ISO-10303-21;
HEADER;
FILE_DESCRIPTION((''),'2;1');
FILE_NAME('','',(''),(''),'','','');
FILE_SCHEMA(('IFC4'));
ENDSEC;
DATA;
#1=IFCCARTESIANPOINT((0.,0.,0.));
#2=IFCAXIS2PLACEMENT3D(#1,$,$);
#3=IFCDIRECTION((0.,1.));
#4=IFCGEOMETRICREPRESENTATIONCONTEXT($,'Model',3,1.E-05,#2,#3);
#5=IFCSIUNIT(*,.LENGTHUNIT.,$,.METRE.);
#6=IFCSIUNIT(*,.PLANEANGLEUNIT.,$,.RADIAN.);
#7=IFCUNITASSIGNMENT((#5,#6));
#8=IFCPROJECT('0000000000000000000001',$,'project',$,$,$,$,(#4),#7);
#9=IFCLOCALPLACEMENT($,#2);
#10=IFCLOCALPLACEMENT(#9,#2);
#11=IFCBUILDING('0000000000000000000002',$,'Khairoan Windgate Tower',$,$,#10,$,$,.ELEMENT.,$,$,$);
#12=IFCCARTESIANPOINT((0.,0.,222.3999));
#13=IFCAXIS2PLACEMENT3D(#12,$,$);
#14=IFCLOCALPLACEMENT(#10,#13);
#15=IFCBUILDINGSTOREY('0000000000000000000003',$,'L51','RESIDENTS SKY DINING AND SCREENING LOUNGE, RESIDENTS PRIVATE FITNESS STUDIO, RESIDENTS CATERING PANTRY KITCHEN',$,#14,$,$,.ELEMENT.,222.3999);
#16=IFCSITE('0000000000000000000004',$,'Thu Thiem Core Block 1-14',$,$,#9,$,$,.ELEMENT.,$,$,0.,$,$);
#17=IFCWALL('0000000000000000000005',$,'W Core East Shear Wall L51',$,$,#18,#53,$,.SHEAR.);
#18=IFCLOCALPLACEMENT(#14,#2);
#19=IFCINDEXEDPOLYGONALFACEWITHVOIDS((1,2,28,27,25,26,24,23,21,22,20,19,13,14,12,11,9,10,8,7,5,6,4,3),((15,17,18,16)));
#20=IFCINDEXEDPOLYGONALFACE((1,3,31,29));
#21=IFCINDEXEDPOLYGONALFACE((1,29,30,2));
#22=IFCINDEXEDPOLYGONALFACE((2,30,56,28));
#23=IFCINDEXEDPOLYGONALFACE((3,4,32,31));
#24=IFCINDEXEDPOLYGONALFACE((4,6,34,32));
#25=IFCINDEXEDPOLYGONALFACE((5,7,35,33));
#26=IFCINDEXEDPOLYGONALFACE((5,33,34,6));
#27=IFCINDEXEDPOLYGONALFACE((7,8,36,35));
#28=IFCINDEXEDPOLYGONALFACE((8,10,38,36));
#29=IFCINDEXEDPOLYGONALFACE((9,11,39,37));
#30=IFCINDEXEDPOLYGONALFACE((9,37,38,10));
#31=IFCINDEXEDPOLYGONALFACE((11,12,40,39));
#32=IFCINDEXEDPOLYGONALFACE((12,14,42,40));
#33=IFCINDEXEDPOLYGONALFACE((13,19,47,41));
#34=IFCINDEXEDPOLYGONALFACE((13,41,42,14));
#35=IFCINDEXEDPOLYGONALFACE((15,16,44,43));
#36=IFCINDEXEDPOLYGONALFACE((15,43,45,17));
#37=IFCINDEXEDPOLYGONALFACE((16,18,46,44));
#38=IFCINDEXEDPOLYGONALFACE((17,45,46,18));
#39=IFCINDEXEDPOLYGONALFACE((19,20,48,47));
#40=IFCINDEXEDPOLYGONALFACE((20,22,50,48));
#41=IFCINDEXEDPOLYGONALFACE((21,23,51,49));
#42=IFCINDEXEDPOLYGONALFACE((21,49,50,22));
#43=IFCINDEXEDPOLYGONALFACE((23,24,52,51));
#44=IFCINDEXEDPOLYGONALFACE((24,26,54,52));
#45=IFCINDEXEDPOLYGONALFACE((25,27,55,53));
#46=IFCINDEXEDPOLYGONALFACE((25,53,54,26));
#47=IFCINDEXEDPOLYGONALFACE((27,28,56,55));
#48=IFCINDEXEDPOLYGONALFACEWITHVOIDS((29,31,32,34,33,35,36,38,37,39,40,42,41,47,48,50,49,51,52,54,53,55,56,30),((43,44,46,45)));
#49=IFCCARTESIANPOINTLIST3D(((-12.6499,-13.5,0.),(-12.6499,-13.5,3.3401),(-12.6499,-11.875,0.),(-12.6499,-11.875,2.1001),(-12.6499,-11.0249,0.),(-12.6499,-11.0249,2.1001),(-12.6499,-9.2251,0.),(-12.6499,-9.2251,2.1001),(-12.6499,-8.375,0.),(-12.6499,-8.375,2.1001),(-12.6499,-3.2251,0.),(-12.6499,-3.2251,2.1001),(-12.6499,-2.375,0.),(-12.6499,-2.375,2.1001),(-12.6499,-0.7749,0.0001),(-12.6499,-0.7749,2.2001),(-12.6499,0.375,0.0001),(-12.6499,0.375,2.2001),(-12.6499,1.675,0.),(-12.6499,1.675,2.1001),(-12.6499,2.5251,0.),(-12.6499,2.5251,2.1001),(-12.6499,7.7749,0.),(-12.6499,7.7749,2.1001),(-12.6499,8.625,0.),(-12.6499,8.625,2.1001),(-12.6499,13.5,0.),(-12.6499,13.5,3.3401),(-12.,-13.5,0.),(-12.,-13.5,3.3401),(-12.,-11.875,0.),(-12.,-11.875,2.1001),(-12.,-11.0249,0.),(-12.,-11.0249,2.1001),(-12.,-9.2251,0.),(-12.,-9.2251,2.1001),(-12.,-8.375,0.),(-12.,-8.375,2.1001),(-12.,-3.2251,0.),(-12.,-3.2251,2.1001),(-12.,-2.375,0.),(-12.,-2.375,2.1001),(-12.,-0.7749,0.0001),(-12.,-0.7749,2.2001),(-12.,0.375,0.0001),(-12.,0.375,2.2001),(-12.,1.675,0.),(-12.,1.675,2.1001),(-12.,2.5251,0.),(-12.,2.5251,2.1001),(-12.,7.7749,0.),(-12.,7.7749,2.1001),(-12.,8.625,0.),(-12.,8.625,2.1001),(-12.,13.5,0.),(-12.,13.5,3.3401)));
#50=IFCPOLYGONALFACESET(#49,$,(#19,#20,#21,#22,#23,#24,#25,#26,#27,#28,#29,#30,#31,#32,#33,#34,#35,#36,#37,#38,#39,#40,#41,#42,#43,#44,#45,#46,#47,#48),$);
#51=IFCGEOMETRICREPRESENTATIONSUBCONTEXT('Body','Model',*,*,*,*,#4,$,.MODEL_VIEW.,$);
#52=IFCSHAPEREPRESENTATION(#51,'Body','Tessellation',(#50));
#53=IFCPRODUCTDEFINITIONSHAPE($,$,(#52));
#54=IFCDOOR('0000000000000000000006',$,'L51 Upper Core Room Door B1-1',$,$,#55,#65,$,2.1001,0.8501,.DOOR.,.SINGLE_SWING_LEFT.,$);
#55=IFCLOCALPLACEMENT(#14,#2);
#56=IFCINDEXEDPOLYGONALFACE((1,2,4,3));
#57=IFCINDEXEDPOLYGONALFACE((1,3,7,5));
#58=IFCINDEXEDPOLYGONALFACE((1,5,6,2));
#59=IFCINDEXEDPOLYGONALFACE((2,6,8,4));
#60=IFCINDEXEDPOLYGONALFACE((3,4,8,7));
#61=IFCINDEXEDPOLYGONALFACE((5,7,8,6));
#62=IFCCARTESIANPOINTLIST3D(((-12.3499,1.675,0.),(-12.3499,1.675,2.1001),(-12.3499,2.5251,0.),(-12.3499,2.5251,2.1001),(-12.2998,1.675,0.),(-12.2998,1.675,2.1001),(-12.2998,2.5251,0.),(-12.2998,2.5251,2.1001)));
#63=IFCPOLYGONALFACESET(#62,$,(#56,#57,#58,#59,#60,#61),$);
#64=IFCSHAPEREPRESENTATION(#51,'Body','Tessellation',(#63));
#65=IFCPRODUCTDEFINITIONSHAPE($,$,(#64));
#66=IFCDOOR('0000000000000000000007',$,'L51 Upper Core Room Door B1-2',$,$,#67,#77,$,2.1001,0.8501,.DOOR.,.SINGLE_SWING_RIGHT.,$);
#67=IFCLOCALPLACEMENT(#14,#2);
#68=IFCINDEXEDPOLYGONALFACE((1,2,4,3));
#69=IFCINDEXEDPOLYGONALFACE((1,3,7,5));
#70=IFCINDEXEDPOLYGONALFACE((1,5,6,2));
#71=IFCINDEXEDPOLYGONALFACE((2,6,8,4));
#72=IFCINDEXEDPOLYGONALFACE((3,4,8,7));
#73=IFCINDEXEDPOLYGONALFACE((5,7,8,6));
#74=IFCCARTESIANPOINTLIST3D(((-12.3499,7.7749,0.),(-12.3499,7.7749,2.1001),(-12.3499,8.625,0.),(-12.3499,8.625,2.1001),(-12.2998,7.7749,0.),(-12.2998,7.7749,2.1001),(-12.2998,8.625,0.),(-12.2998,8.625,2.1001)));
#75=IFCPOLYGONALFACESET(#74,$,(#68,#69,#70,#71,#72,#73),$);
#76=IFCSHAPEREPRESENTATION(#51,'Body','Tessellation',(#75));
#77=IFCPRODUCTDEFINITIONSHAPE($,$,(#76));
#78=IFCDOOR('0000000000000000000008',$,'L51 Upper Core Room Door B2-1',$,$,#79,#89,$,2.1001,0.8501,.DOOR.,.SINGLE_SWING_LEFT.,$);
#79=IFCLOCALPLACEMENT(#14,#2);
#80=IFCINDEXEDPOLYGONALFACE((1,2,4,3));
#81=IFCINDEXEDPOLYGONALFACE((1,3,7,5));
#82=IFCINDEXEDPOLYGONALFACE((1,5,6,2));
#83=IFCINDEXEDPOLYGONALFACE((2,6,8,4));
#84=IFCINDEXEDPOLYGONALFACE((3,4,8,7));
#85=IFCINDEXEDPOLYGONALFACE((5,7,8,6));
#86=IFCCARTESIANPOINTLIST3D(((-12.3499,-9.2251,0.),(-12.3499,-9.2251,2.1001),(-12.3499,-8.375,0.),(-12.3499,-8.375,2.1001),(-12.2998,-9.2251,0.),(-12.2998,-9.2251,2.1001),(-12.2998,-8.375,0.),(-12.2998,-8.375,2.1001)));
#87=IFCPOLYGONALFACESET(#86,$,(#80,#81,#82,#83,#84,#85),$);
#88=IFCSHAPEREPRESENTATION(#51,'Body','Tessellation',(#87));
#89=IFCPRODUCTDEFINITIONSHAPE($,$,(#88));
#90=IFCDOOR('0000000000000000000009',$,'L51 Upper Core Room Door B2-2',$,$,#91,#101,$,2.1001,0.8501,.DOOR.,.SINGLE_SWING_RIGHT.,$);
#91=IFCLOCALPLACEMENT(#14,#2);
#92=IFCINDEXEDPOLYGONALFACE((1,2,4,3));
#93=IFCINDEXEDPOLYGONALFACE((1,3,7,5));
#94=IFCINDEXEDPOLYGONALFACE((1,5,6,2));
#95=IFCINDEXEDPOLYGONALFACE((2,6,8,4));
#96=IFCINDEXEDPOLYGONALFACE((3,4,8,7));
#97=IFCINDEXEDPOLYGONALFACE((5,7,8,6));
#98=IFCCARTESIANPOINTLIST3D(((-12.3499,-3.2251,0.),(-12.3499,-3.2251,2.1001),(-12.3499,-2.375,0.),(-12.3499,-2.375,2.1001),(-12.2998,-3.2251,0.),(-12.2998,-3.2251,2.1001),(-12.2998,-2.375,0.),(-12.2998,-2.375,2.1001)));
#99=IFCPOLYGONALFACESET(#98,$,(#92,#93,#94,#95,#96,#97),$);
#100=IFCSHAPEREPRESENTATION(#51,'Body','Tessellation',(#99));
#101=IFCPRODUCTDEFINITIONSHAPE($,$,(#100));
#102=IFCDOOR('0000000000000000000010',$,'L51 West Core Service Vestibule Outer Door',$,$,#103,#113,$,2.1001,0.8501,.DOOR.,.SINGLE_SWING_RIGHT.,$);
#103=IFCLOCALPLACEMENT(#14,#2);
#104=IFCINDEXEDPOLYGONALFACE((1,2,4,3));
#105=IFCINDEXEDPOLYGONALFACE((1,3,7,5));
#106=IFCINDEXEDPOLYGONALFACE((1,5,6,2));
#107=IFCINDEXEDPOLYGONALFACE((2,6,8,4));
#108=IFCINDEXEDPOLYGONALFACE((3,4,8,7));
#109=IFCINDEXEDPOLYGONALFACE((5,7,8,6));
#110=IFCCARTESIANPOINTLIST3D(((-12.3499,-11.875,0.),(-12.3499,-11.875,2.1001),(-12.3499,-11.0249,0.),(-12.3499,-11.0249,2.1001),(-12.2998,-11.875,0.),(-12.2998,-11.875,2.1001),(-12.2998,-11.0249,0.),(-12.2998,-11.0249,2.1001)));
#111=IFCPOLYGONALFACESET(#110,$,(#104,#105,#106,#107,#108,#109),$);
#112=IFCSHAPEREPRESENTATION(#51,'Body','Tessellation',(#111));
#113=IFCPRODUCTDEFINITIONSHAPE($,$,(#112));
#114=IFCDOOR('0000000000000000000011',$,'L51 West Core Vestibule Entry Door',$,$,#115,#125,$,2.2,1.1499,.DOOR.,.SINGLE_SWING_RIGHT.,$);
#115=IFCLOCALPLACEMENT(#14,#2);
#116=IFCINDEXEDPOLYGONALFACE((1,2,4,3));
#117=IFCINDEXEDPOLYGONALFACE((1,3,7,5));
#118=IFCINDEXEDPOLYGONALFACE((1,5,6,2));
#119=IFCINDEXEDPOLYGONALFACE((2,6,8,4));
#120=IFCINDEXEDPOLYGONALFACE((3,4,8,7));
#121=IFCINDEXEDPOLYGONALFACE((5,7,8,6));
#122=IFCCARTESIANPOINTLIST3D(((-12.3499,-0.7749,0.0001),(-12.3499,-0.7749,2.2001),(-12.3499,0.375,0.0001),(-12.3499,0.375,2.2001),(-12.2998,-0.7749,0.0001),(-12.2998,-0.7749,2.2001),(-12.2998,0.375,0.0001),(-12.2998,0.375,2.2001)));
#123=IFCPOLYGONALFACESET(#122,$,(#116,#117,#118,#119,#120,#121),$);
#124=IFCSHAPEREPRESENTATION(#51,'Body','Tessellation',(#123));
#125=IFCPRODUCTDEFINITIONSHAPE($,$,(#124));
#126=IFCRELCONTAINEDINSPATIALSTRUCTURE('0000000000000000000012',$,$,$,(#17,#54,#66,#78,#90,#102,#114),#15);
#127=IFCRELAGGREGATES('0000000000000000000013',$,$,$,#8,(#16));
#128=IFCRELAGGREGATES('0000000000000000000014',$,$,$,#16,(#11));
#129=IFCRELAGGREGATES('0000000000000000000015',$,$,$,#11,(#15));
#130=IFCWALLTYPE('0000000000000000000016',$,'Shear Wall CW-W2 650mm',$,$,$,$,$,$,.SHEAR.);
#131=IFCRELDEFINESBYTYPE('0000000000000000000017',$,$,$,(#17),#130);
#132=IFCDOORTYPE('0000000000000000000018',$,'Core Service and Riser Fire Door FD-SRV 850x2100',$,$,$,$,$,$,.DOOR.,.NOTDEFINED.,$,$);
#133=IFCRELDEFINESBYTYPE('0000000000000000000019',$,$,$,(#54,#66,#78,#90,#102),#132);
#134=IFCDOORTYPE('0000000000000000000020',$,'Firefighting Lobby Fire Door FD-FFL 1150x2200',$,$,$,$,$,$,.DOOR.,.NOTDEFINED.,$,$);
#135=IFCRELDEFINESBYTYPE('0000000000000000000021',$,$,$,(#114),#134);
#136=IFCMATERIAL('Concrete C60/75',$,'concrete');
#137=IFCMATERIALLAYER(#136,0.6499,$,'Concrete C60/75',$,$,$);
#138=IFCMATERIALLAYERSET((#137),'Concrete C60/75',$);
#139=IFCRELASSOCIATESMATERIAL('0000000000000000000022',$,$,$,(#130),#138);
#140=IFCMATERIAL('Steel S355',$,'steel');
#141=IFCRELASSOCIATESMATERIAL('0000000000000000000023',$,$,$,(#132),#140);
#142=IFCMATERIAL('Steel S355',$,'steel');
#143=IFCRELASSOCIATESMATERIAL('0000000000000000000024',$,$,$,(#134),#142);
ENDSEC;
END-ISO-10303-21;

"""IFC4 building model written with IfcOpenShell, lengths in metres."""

from ifc_helpers import new_model, si_unit, direction, frame, frame_2d, origin, place, context, subcontext, project, spatial, rectangle, extrude, material, layer, layer_set, type_object, element, fill, save


model = new_model("IFC4")

# Units and contexts
model_context = context("Model", 3, precision=1e-05, world=origin(), true_north=direction((0.0, 1.0)))
body_context = subcontext(model_context, "Body", "Model", "MODEL_VIEW")
ifc_project = project(units=[si_unit("LENGTHUNIT", "METRE"), si_unit("PLANEANGLEUNIT", "RADIAN")], contexts=[model_context])

# Site, building, storey
site_placement = place(None, origin())
site = spatial("IfcSite", under=ifc_project, at=site_placement, Name="Thu Thiem Core Block 1-14", CompositionType="ELEMENT", RefElevation=0.0)
building_placement = place(site_placement, origin())
building = spatial("IfcBuilding", under=site, at=building_placement, Name="Khairoan Windgate Tower", CompositionType="ELEMENT")
storey_placement = place(building_placement, frame((0.0, 0.0, 222.3999)))
storey = spatial("IfcBuildingStorey", under=building, at=storey_placement, Name="L51", Description="RESIDENTS SKY DINING AND SCREENING LOUNGE, RESIDENTS PRIVATE FITNESS STUDIO, RESIDENTS CATERING PANTRY KITCHEN", CompositionType="ELEMENT", Elevation=222.3999)

# Wall, openings, doors
ifc_material_1 = material(Name="Concrete C60/75", Category="concrete")
ifc_layer_1 = layer(ifc_material_1, 0.6499, Name="Concrete C60/75")
ifc_layer_set_1 = layer_set([ifc_layer_1], Name="Concrete C60/75")
wall_type_1 = type_object("IfcWallType", Name="Shear Wall CW-W2 650mm", PredefinedType="SHEAR", material=ifc_layer_set_1)
wall_1_placement = place(storey_placement, frame((-12.325, -13.5, 0.0), z_axis=(0.0, 0.0, 1.0), x_axis=(0.0, 1.0, 0.0)))
wall_1 = element("IfcWall", 1, at=wall_1_placement, inside=storey, type_object=wall_type_1, Name="W Core East Shear Wall L51", PredefinedType="SHEAR", context=body_context, shape_type="SweptSolid", body=[
    extrude(rectangle(XDim=27.0, YDim=0.6499, at=frame_2d((13.5, 0.0))), origin(), (0.0, 0.0, 1.0), 3.3401),
])
opening_1_placement = place(wall_1_placement, frame((15.175, 0.0, 0.0)))
opening_1 = element("IfcOpeningElement", 2, at=opening_1_placement, cuts=wall_1, PredefinedType="OPENING", context=body_context, shape_type="SweptSolid", body=[
    extrude(rectangle(XDim=0.8501, YDim=2.1001, at=frame_2d((0.425, 1.05))), frame((0.0, 0.335, 0.0), z_axis=(0.0, -1.0, 0.0), x_axis=(1.0, 0.0, 0.0)), (0.0, 0.0, 1.0), 0.6699),
])
opening_2_placement = place(wall_1_placement, frame((21.2749, 0.0, 0.0)))
opening_2 = element("IfcOpeningElement", 3, at=opening_2_placement, cuts=wall_1, PredefinedType="OPENING", context=body_context, shape_type="SweptSolid", body=[
    extrude(rectangle(XDim=0.8501, YDim=2.1001, at=frame_2d((0.425, 1.05))), frame((0.0, 0.335, 0.0), z_axis=(0.0, -1.0, 0.0), x_axis=(1.0, 0.0, 0.0)), (0.0, 0.0, 1.0), 0.6699),
])
opening_3_placement = place(wall_1_placement, frame((4.2749, 0.0, 0.0)))
opening_3 = element("IfcOpeningElement", 4, at=opening_3_placement, cuts=wall_1, PredefinedType="OPENING", context=body_context, shape_type="SweptSolid", body=[
    extrude(rectangle(XDim=0.8501, YDim=2.1001, at=frame_2d((0.425, 1.05))), frame((0.0, 0.335, 0.0), z_axis=(0.0, -1.0, 0.0), x_axis=(1.0, 0.0, 0.0)), (0.0, 0.0, 1.0), 0.6699),
])
opening_4_placement = place(wall_1_placement, frame((10.2749, 0.0, 0.0)))
opening_4 = element("IfcOpeningElement", 5, at=opening_4_placement, cuts=wall_1, PredefinedType="OPENING", context=body_context, shape_type="SweptSolid", body=[
    extrude(rectangle(XDim=0.8501, YDim=2.1001, at=frame_2d((0.425, 1.05))), frame((0.0, 0.335, 0.0), z_axis=(0.0, -1.0, 0.0), x_axis=(1.0, 0.0, 0.0)), (0.0, 0.0, 1.0), 0.6699),
])
opening_5_placement = place(wall_1_placement, frame((12.7251, 0.0, 0.0)))
opening_5 = element("IfcOpeningElement", 6, at=opening_5_placement, cuts=wall_1, PredefinedType="OPENING", context=body_context, shape_type="SweptSolid", body=[
    extrude(rectangle(XDim=1.1499, YDim=2.2, at=frame_2d((0.575, 1.1001))), frame((0.0, 0.335, 0.0), z_axis=(0.0, -1.0, 0.0), x_axis=(1.0, 0.0, 0.0)), (0.0, 0.0, 1.0), 0.6699),
])
opening_6_placement = place(wall_1_placement, frame((1.625, 0.0, 0.0)))
opening_6 = element("IfcOpeningElement", 7, at=opening_6_placement, cuts=wall_1, PredefinedType="OPENING", context=body_context, shape_type="SweptSolid", body=[
    extrude(rectangle(XDim=0.8501, YDim=2.1001, at=frame_2d((0.425, 1.05))), frame((0.0, 0.335, 0.0), z_axis=(0.0, -1.0, 0.0), x_axis=(1.0, 0.0, 0.0)), (0.0, 0.0, 1.0), 0.6699),
])
ifc_material_2 = material(Name="Steel S355", Category="steel")
door_type_1 = type_object("IfcDoorType", Name="Core Service and Riser Fire Door FD-SRV 850x2100", OperationType="NOTDEFINED", PredefinedType="DOOR", material=ifc_material_2)
door_1_placement = place(opening_1_placement, origin())
door_1 = element("IfcDoor", 8, at=door_1_placement, inside=storey, type_object=door_type_1, Name="L51 Upper Core Room Door B1-1", OperationType="SINGLE_SWING_LEFT", OverallHeight=2.1001, OverallWidth=0.8501, PredefinedType="DOOR", context=body_context, shape_type="SweptSolid", body=[
    extrude(rectangle(XDim=0.8501, YDim=2.1001, at=frame_2d((0.425, 1.05))), frame((0.0, 0.0249, 0.0), z_axis=(0.0, -1.0, 0.0), x_axis=(1.0, 0.0, 0.0)), (0.0, 0.0, 1.0), 0.05),
])
fill(opening_1, door_1)
door_2_placement = place(opening_2_placement, origin())
door_2 = element("IfcDoor", 9, at=door_2_placement, inside=storey, type_object=door_type_1, Name="L51 Upper Core Room Door B1-2", OperationType="SINGLE_SWING_RIGHT", OverallHeight=2.1001, OverallWidth=0.8501, PredefinedType="DOOR", context=body_context, shape_type="SweptSolid", body=[
    extrude(rectangle(XDim=0.8501, YDim=2.1001, at=frame_2d((0.425, 1.05))), frame((0.0, 0.0249, 0.0), z_axis=(0.0, -1.0, 0.0), x_axis=(1.0, 0.0, 0.0)), (0.0, 0.0, 1.0), 0.05),
])
fill(opening_2, door_2)
door_3_placement = place(opening_3_placement, origin())
door_3 = element("IfcDoor", 10, at=door_3_placement, inside=storey, type_object=door_type_1, Name="L51 Upper Core Room Door B2-1", OperationType="SINGLE_SWING_LEFT", OverallHeight=2.1001, OverallWidth=0.8501, PredefinedType="DOOR", context=body_context, shape_type="SweptSolid", body=[
    extrude(rectangle(XDim=0.8501, YDim=2.1001, at=frame_2d((0.425, 1.05))), frame((0.0, 0.0249, 0.0), z_axis=(0.0, -1.0, 0.0), x_axis=(1.0, 0.0, 0.0)), (0.0, 0.0, 1.0), 0.05),
])
fill(opening_3, door_3)
door_4_placement = place(opening_4_placement, origin())
door_4 = element("IfcDoor", 11, at=door_4_placement, inside=storey, type_object=door_type_1, Name="L51 Upper Core Room Door B2-2", OperationType="SINGLE_SWING_RIGHT", OverallHeight=2.1001, OverallWidth=0.8501, PredefinedType="DOOR", context=body_context, shape_type="SweptSolid", body=[
    extrude(rectangle(XDim=0.8501, YDim=2.1001, at=frame_2d((0.425, 1.05))), frame((0.0, 0.0249, 0.0), z_axis=(0.0, -1.0, 0.0), x_axis=(1.0, 0.0, 0.0)), (0.0, 0.0, 1.0), 0.05),
])
fill(opening_4, door_4)
door_5_placement = place(opening_6_placement, origin())
door_5 = element("IfcDoor", 12, at=door_5_placement, inside=storey, type_object=door_type_1, Name="L51 West Core Service Vestibule Outer Door", OperationType="SINGLE_SWING_RIGHT", OverallHeight=2.1001, OverallWidth=0.8501, PredefinedType="DOOR", context=body_context, shape_type="SweptSolid", body=[
    extrude(rectangle(XDim=0.8501, YDim=2.1001, at=frame_2d((0.425, 1.05))), frame((0.0, 0.0249, 0.0), z_axis=(0.0, -1.0, 0.0), x_axis=(1.0, 0.0, 0.0)), (0.0, 0.0, 1.0), 0.05),
])
fill(opening_6, door_5)
ifc_material_3 = material(Name="Steel S355", Category="steel")
door_type_2 = type_object("IfcDoorType", Name="Firefighting Lobby Fire Door FD-FFL 1150x2200", OperationType="NOTDEFINED", PredefinedType="DOOR", material=ifc_material_3)
door_6_placement = place(opening_5_placement, origin())
door_6 = element("IfcDoor", 13, at=door_6_placement, inside=storey, type_object=door_type_2, Name="L51 West Core Vestibule Entry Door", OperationType="SINGLE_SWING_RIGHT", OverallHeight=2.2, OverallWidth=1.1499, PredefinedType="DOOR", context=body_context, shape_type="SweptSolid", body=[
    extrude(rectangle(XDim=1.1499, YDim=2.2, at=frame_2d((0.575, 1.1001))), frame((0.0, 0.0249, 0.0), z_axis=(0.0, -1.0, 0.0), x_axis=(1.0, 0.0, 0.0)), (0.0, 0.0, 1.0), 0.05),
])
fill(opening_5, door_6)

save(model, "model.ifc")
